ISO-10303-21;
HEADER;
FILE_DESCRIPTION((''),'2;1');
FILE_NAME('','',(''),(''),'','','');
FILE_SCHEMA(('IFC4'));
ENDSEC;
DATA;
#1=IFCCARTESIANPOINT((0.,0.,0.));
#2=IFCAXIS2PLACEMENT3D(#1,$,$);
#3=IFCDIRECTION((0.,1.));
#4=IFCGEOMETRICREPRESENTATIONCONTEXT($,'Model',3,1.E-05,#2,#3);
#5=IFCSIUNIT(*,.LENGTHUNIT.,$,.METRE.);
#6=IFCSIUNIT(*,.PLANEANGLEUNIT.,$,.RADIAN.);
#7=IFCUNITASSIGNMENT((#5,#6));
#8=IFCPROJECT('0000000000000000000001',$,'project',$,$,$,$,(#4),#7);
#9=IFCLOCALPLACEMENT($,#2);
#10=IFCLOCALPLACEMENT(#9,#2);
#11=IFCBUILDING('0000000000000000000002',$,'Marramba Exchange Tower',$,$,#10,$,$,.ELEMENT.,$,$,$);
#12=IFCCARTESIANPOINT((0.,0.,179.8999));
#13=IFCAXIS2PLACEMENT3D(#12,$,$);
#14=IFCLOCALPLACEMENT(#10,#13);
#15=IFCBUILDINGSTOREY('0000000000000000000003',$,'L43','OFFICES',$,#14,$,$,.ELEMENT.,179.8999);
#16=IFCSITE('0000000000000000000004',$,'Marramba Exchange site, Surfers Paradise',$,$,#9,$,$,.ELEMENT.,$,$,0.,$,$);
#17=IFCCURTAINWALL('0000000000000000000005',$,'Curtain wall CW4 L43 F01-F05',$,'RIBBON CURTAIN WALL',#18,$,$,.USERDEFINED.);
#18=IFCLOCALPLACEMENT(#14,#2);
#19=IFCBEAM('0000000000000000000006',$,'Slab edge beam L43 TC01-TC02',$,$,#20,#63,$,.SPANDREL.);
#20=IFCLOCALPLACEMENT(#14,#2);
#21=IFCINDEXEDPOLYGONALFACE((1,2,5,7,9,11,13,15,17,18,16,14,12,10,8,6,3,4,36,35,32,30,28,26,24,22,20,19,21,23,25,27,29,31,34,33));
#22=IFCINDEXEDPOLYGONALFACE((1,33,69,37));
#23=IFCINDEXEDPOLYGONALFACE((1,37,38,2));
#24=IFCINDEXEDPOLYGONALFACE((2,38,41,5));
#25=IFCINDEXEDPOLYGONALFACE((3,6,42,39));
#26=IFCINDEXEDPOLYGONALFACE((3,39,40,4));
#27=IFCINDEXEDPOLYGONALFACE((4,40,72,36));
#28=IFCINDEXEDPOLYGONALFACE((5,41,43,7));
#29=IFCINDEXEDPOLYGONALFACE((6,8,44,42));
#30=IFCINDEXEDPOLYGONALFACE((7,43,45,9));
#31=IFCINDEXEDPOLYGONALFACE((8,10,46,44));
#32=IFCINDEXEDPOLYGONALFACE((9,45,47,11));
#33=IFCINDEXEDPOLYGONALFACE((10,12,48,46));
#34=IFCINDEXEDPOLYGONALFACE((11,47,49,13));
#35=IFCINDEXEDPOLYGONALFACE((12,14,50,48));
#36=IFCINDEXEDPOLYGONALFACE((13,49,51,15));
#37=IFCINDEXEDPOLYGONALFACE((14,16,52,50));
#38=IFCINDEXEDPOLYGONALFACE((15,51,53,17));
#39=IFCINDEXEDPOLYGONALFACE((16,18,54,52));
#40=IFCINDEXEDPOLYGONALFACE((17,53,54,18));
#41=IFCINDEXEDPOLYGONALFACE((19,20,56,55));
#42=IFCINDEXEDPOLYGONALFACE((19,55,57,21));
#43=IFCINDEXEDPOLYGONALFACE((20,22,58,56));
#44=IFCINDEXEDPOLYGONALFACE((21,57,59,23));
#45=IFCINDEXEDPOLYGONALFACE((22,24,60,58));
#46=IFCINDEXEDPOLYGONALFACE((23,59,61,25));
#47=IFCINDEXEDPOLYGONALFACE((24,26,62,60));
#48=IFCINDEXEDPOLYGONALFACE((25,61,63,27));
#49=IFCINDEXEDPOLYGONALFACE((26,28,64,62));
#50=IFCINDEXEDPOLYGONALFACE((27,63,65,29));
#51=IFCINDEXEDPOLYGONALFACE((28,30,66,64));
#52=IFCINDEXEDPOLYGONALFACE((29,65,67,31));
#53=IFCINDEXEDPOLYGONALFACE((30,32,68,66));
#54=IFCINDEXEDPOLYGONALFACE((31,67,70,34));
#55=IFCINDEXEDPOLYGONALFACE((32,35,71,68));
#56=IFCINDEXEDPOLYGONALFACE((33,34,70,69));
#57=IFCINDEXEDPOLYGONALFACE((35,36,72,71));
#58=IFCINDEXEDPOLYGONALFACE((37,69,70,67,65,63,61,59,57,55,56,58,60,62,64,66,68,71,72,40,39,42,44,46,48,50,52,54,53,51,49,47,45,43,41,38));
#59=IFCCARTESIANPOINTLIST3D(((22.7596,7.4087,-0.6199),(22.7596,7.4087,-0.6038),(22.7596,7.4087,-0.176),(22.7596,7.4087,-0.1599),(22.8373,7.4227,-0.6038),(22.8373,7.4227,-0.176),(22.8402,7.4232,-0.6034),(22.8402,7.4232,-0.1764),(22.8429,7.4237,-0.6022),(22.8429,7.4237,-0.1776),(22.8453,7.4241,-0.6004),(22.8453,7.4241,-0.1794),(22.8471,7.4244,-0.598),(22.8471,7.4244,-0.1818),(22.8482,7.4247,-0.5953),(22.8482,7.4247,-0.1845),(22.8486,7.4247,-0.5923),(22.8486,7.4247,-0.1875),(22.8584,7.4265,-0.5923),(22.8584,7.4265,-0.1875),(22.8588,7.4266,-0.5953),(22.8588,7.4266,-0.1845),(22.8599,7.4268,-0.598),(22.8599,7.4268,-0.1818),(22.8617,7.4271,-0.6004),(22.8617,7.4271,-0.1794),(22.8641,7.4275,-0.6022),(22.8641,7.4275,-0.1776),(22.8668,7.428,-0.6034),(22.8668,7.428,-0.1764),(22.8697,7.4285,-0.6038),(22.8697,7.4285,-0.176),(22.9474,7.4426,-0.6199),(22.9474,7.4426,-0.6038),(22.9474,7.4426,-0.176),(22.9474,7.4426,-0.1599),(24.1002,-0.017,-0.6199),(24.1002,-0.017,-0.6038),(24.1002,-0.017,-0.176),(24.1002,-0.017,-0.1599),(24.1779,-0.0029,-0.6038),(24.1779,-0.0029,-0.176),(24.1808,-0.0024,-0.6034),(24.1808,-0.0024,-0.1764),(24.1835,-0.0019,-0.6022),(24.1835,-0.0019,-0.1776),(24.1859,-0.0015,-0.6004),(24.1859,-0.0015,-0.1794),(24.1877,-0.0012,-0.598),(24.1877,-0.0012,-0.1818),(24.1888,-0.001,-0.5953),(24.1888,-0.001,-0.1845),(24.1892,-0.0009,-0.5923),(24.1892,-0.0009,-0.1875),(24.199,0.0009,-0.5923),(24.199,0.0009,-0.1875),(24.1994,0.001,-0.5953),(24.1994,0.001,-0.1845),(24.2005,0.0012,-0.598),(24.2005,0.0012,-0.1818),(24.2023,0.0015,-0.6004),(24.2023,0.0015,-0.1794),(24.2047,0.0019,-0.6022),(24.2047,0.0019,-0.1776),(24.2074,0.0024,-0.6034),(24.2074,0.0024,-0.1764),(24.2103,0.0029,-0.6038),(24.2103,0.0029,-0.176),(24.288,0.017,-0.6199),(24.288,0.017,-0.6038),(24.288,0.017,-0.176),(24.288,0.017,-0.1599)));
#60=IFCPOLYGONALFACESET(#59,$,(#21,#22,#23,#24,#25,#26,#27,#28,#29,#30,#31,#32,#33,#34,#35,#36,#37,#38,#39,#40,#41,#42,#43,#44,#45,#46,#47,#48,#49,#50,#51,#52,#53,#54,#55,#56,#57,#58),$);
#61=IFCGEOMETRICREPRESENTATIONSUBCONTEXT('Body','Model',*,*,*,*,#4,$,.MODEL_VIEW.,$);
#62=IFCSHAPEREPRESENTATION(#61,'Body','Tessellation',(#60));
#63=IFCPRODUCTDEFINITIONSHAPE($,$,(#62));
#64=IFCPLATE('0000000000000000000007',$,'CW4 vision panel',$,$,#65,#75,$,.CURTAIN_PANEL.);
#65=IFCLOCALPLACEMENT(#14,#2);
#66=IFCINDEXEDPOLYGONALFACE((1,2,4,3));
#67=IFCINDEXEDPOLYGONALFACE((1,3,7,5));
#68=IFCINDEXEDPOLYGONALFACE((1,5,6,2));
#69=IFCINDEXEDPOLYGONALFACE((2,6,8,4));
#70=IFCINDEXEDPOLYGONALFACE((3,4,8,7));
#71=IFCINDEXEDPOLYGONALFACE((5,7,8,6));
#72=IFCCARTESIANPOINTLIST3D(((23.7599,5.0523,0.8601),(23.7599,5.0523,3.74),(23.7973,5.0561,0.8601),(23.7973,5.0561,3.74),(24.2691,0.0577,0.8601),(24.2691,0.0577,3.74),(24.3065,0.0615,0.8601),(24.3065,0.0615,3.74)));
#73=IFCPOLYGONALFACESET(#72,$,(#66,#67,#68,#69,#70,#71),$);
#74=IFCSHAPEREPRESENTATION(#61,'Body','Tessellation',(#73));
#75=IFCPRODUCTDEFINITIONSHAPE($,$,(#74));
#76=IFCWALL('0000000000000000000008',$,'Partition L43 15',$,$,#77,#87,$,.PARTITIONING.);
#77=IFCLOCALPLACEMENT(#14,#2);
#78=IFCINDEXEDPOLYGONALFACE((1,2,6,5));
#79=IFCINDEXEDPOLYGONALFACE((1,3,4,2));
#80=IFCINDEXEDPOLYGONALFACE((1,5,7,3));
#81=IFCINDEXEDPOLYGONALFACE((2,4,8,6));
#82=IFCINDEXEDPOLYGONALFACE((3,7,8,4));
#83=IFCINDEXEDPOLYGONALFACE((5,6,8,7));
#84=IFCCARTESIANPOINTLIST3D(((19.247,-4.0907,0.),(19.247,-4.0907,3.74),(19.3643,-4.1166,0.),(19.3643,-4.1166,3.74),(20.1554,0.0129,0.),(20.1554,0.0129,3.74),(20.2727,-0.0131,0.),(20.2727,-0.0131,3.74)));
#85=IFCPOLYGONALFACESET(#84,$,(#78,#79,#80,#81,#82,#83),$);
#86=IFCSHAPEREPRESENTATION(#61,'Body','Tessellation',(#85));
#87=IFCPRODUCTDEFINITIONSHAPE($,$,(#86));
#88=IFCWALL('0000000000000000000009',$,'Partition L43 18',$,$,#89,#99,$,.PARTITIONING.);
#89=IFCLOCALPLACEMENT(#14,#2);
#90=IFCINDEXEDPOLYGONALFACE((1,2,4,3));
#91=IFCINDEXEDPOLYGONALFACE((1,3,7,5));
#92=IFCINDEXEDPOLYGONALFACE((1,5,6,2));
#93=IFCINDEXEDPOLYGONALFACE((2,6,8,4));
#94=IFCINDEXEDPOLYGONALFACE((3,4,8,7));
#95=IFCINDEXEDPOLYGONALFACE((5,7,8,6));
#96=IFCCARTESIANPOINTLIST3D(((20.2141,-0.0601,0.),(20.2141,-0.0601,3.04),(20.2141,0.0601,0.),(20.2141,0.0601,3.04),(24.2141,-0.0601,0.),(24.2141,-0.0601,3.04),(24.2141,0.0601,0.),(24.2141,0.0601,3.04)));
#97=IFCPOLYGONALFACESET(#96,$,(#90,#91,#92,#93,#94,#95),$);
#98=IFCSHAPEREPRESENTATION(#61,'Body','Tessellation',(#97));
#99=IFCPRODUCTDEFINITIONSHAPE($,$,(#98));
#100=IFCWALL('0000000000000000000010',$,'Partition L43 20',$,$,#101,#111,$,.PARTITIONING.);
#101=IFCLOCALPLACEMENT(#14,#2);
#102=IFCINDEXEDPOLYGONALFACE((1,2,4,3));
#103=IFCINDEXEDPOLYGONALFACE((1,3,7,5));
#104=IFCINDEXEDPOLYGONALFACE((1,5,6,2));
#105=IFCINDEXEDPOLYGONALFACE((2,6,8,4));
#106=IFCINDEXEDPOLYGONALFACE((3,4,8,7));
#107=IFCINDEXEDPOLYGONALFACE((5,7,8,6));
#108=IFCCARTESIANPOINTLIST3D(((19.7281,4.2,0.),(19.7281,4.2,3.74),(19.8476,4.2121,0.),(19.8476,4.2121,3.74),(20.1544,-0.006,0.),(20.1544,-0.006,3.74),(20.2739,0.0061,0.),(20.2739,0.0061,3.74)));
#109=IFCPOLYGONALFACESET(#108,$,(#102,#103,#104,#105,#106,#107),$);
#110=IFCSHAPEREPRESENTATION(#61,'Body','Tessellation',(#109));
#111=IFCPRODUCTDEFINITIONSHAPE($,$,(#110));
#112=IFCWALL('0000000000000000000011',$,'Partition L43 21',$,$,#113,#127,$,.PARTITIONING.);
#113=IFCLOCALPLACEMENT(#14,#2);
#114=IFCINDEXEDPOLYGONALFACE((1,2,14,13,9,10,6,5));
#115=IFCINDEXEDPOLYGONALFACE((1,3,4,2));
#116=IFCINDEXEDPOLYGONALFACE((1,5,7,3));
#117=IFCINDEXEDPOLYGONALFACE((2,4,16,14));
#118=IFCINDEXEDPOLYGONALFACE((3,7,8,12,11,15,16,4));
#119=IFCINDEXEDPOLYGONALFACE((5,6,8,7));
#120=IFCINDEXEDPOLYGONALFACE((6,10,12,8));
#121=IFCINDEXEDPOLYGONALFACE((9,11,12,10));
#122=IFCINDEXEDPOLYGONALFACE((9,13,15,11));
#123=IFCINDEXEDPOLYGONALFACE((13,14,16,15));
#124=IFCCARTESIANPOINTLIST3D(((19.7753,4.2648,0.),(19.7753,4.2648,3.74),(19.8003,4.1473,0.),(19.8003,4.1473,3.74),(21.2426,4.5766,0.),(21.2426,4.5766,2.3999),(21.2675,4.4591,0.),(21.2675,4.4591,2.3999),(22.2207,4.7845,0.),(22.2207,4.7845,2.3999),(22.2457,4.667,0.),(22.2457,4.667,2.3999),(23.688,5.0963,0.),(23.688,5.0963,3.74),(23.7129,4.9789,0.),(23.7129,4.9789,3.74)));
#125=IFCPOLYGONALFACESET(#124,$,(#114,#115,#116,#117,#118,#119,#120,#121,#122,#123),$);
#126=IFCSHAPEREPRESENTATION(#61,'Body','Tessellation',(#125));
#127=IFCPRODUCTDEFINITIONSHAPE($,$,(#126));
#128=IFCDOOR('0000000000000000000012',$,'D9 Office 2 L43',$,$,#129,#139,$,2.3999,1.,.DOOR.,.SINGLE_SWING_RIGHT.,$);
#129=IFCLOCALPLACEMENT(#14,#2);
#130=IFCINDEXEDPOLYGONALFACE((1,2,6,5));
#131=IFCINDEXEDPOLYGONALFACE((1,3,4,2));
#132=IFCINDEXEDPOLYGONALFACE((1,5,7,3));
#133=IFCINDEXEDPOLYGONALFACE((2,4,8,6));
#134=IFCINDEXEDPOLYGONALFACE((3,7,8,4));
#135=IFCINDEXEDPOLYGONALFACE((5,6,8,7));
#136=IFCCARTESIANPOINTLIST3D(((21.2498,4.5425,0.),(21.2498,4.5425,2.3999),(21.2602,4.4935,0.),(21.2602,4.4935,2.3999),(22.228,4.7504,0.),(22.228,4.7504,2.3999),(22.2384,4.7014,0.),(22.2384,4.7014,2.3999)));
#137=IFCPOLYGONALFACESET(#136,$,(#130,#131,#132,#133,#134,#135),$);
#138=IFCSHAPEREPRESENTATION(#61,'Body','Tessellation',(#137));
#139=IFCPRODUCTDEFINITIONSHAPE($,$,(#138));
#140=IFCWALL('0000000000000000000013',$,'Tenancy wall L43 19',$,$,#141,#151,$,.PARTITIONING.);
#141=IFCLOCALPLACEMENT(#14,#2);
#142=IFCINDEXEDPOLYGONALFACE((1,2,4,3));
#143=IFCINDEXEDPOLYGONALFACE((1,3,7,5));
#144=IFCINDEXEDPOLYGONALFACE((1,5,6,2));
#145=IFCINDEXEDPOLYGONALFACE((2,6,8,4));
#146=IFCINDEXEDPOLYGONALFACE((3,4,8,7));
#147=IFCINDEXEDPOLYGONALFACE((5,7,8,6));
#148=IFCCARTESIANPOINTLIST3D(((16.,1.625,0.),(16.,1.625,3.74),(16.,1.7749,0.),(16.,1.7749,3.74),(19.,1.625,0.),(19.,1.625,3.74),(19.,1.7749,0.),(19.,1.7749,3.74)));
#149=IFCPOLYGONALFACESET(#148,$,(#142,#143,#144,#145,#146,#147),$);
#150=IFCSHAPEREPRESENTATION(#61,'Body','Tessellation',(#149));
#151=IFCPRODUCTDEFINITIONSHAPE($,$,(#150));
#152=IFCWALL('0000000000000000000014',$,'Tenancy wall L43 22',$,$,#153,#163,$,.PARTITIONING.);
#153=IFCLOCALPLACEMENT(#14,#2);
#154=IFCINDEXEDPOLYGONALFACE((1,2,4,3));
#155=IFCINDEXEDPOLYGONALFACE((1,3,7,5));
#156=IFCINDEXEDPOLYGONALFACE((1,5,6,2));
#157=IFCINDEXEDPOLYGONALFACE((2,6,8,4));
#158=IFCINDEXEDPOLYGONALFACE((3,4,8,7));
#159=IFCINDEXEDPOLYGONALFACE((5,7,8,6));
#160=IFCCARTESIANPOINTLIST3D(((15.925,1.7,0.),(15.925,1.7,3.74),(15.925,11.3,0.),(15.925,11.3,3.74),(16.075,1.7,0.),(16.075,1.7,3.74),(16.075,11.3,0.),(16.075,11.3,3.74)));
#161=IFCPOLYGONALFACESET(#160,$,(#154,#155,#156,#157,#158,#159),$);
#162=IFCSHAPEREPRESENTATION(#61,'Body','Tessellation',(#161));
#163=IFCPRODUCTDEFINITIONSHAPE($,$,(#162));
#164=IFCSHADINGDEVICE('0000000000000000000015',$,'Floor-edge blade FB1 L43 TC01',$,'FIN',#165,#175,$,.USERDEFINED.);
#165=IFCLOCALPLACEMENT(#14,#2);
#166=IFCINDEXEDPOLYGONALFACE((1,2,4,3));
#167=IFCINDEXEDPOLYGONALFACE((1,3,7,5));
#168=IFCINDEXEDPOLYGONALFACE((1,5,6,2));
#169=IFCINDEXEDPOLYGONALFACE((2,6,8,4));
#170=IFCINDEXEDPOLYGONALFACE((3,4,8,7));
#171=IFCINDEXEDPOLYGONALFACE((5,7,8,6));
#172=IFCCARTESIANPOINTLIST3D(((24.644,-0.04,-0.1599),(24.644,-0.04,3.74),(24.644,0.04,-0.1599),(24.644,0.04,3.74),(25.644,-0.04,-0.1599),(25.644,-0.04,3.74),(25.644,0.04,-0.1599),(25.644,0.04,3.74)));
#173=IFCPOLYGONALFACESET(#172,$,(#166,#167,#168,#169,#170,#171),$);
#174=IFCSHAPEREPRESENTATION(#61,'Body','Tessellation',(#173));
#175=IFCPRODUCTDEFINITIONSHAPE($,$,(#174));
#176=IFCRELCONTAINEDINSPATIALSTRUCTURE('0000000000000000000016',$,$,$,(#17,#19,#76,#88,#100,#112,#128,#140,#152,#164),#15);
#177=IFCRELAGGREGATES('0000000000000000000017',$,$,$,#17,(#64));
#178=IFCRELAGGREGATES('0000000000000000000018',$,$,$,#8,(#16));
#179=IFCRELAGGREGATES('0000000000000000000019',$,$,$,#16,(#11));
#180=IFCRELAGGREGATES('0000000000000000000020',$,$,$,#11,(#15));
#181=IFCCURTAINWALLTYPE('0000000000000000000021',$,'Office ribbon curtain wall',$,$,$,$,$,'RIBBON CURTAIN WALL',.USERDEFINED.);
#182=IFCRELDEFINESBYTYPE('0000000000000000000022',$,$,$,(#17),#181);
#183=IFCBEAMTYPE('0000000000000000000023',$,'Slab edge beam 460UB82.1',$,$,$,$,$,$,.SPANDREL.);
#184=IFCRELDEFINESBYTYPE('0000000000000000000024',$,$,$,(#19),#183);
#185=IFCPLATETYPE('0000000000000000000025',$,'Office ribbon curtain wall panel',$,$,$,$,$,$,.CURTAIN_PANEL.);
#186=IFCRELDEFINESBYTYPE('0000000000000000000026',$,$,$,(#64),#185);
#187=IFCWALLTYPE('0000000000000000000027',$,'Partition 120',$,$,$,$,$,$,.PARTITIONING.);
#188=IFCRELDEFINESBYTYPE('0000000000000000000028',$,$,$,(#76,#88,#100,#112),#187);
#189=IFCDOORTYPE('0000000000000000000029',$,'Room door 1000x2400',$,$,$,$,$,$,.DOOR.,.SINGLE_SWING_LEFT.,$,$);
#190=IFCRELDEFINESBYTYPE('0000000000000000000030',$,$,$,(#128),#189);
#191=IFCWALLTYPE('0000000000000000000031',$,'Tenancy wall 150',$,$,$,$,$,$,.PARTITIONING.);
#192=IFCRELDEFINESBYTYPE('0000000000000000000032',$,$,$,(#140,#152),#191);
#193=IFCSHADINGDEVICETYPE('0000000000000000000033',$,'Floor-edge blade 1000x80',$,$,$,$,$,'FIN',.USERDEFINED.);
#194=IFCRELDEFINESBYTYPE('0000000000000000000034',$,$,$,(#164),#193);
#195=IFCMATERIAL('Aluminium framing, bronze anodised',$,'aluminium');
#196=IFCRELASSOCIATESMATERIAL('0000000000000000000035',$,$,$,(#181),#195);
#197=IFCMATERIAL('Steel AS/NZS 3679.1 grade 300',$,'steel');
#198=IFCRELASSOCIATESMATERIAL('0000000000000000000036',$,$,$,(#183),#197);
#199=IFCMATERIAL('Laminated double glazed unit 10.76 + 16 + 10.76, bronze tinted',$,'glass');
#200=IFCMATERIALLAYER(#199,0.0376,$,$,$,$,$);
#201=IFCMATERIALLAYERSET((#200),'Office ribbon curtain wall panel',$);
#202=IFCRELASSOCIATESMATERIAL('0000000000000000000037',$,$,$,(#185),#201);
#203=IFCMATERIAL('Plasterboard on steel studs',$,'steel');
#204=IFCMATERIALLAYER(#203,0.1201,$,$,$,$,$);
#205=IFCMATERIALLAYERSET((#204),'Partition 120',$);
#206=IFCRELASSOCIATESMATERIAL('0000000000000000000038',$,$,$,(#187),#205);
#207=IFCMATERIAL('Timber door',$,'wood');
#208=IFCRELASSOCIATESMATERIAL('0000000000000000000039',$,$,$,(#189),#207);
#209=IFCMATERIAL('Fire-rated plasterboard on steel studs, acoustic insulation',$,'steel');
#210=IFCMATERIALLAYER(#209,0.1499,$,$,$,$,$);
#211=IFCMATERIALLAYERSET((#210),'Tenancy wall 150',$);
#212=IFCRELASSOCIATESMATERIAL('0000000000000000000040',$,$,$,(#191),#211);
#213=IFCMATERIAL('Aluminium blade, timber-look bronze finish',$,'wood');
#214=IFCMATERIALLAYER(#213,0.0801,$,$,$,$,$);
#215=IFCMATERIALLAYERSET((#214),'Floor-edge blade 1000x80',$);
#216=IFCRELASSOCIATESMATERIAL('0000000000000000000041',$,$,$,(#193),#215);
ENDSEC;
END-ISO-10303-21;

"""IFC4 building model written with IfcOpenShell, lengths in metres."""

from ifc_helpers import new_model, si_unit, direction, frame, frame_2d, origin, origin_2d, place, context, subcontext, project, spatial, rectangle, i_section, extrude, material, layer, layer_set, material_profile, profile_set, type_object, element, fill, aggregate, save


model = new_model("IFC4")

# Units and contexts
model_context = context("Model", 3, precision=1e-05, world=origin(), true_north=direction((0.0, 1.0)))
body_context = subcontext(model_context, "Body", "Model", "MODEL_VIEW")
ifc_project = project(units=[si_unit("LENGTHUNIT", "METRE"), si_unit("PLANEANGLEUNIT", "RADIAN")], contexts=[model_context])

# Site, building, storey
site_placement = place(None, origin())
site = spatial("IfcSite", under=ifc_project, at=site_placement, Name="Marramba Exchange site, Surfers Paradise", CompositionType="ELEMENT", RefElevation=0.0)
building_placement = place(site_placement, origin())
building = spatial("IfcBuilding", under=site, at=building_placement, Name="Marramba Exchange Tower", CompositionType="ELEMENT")
storey_placement = place(building_placement, frame((0.0, 0.0, 179.8999)))
storey = spatial("IfcBuildingStorey", under=building, at=storey_placement, Name="L43", Description="OFFICES", CompositionType="ELEMENT", Elevation=179.8999)

# Shared definitions
ifc_material_1 = material(Name="Steel AS/NZS 3679.1 grade 300", Category="steel")

# Curtain wall
ifc_material_2 = material(Name="Aluminium framing, bronze anodised", Category="aluminium")
curtain_wall_type = type_object("IfcCurtainWallType", Name="Office ribbon curtain wall", ElementType="RIBBON CURTAIN WALL", PredefinedType="USERDEFINED", material=ifc_material_2)
curtain_wall_placement = place(storey_placement, origin())
curtain_wall = element("IfcCurtainWall", 1, at=curtain_wall_placement, inside=storey, type_object=curtain_wall_type, Name="Curtain wall CW4 L43 F01-F05", ObjectType="RIBBON CURTAIN WALL", PredefinedType="USERDEFINED")

# Beam
ifc_material_profile_1 = material_profile(ifc_material_1, i_section(OverallWidth=0.1909, OverallDepth=0.46, WebThickness=0.01, FlangeThickness=0.0161, FilletRadius=0.0115, at=origin_2d()), Name="460UB82.1")
ifc_profile_set_1 = profile_set([ifc_material_profile_1], Name="Steel AS/NZS 3679.1 grade 300")
beam_type_1 = type_object("IfcBeamType", Name="Slab edge beam 460UB82.1", PredefinedType="SPANDREL", material=ifc_profile_set_1)
beam_1_placement = place(storey_placement, frame((24.1941, 0.0, -0.3899), z_axis=(-0.177664, 0.984091, 0.0), x_axis=(-0.984091, -0.177664, 0.0)))
element("IfcBeam", 2, at=beam_1_placement, inside=storey, type_object=beam_type_1, Name="Slab edge beam L43 TC01-TC02", PredefinedType="SPANDREL", context=body_context, shape_type="SweptSolid", body=[
    extrude(i_section(OverallWidth=0.1909, OverallDepth=0.46, WebThickness=0.01, FlangeThickness=0.0161, FilletRadius=0.0115, at=origin_2d()), origin(), (0.0, 0.0, 1.0), 7.5457),
])

# Plate
ifc_material_3 = material(Name="Laminated double glazed unit 10.76 + 16 + 10.76, bronze tinted", Category="glass")
ifc_layer_1 = layer(ifc_material_3, 0.0376)
ifc_layer_set_1 = layer_set([ifc_layer_1], Name="Office ribbon curtain wall panel")
plate_type = type_object("IfcPlateType", Name="Office ribbon curtain wall panel", PredefinedType="CURTAIN_PANEL", material=ifc_layer_set_1)
plate_placement = place(storey_placement, frame((24.0332, 2.5569, 0.8601), z_axis=(0.0, 0.0, 1.0), x_axis=(-0.101422, 0.994843, 0.0)))
plate = element("IfcPlate", 3, at=plate_placement, type_object=plate_type, Name="CW4 vision panel", PredefinedType="CURTAIN_PANEL", context=body_context, shape_type="SweptSolid", body=[
    extrude(rectangle(XDim=5.0205, YDim=0.0376, at=origin_2d()), origin(), (0.0, 0.0, 1.0), 2.8799),
])
aggregate(curtain_wall, [plate])

# Walls
ifc_material_4 = material(Name="Plasterboard on steel studs", Category="steel")
ifc_layer_2 = layer(ifc_material_4, 0.1201)
ifc_layer_set_2 = layer_set([ifc_layer_2], Name="Partition 120")
wall_type_1 = type_object("IfcWallType", Name="Partition 120", PredefinedType="PARTITIONING", material=ifc_layer_set_2)
wall_1_placement = place(storey_placement, frame((20.2141, 0.0, 0.0), z_axis=(0.0, 0.0, 1.0), x_axis=(-0.216149, -0.97636, 0.0)))
element("IfcWall", 4, at=wall_1_placement, inside=storey, type_object=wall_type_1, Name="Partition L43 15", PredefinedType="PARTITIONING", context=body_context, shape_type="SweptSolid", body=[
    extrude(rectangle(XDim=4.2029, YDim=0.1201, at=frame_2d((2.1016, 0.0))), origin(), (0.0, 0.0, 1.0), 3.74),
])
wall_2_placement = place(storey_placement, frame((20.2141, 0.0, 0.0), z_axis=(0.0, 0.0, 1.0), x_axis=(1.0, 0.0, 0.0)))
element("IfcWall", 5, at=wall_2_placement, inside=storey, type_object=wall_type_1, Name="Partition L43 18", PredefinedType="PARTITIONING", context=body_context, shape_type="SweptSolid", body=[
    extrude(rectangle(XDim=4.0, YDim=0.1201, at=frame_2d((2.0, 0.0))), origin(), (0.0, 0.0, 1.0), 3.04),
])
wall_3_placement = place(storey_placement, frame((19.7878, 4.2061, 0.0), z_axis=(0.0, 0.0, 1.0), x_axis=(0.10083, -0.994904, 0.0)))
element("IfcWall", 6, at=wall_3_placement, inside=storey, type_object=wall_type_1, Name="Partition L43 20", PredefinedType="PARTITIONING", context=body_context, shape_type="SweptSolid", body=[
    extrude(rectangle(XDim=4.2275, YDim=0.1201, at=frame_2d((2.1138, 0.0))), origin(), (0.0, 0.0, 1.0), 3.74),
])

# Wall, opening, door
wall_4_placement = place(storey_placement, frame((23.7004, 5.0376, 0.0), z_axis=(0.0, 0.0, 1.0), x_axis=(-0.978153, -0.207886, 0.0)))
wall_4 = element("IfcWall", 7, at=wall_4_placement, inside=storey, type_object=wall_type_1, Name="Partition L43 21", PredefinedType="PARTITIONING", context=body_context, shape_type="SweptSolid", body=[
    extrude(rectangle(XDim=4.0, YDim=0.1201, at=frame_2d((2.0, 0.0))), origin(), (0.0, 0.0, 1.0), 3.74),
])
opening_placement = place(wall_4_placement, frame((1.5, 0.0, 0.0)))
opening = element("IfcOpeningElement", 8, at=opening_placement, cuts=wall_4, PredefinedType="OPENING", context=body_context, shape_type="SweptSolid", body=[
    extrude(rectangle(XDim=1.0, YDim=2.3999, at=frame_2d((0.5, 1.2))), frame((0.0, 0.0701, 0.0), z_axis=(0.0, -1.0, 0.0), x_axis=(1.0, 0.0, 0.0)), (0.0, 0.0, 1.0), 0.1401),
])
ifc_material_5 = material(Name="Timber door", Category="wood")
door_type = type_object("IfcDoorType", Name="Room door 1000x2400", OperationType="SINGLE_SWING_LEFT", PredefinedType="DOOR", material=ifc_material_5)
door_placement = place(opening_placement, origin())
door = element("IfcDoor", 9, at=door_placement, inside=storey, type_object=door_type, Name="D9 Office 2 L43", OperationType="SINGLE_SWING_RIGHT", OverallHeight=2.3999, OverallWidth=1.0, PredefinedType="DOOR", context=body_context, shape_type="SweptSolid", body=[
    extrude(rectangle(XDim=1.0, YDim=2.3999, at=frame_2d((0.5, 1.2))), frame((0.0, 0.0249, 0.0), z_axis=(0.0, -1.0, 0.0), x_axis=(1.0, 0.0, 0.0)), (0.0, 0.0, 1.0), 0.05),
])
fill(opening, door)

# Walls
ifc_material_6 = material(Name="Fire-rated plasterboard on steel studs, acoustic insulation", Category="steel")
ifc_layer_3 = layer(ifc_material_6, 0.1499)
ifc_layer_set_3 = layer_set([ifc_layer_3], Name="Tenancy wall 150")
wall_type_2 = type_object("IfcWallType", Name="Tenancy wall 150", PredefinedType="PARTITIONING", material=ifc_layer_set_3)
wall_5_placement = place(storey_placement, frame((19.0, 1.7, 0.0), z_axis=(0.0, 0.0, 1.0), x_axis=(-1.0, 0.0, 0.0)))
element("IfcWall", 10, at=wall_5_placement, inside=storey, type_object=wall_type_2, Name="Tenancy wall L43 19", PredefinedType="PARTITIONING", context=body_context, shape_type="SweptSolid", body=[
    extrude(rectangle(XDim=3.0, YDim=0.1499, at=frame_2d((1.5, 0.0))), origin(), (0.0, 0.0, 1.0), 3.74),
])
wall_6_placement = place(storey_placement, frame((16.0, 1.7, 0.0), z_axis=(0.0, 0.0, 1.0), x_axis=(0.0, 1.0, 0.0)))
element("IfcWall", 11, at=wall_6_placement, inside=storey, type_object=wall_type_2, Name="Tenancy wall L43 22", PredefinedType="PARTITIONING", context=body_context, shape_type="SweptSolid", body=[
    extrude(rectangle(XDim=9.6001, YDim=0.1499, at=frame_2d((4.8, 0.0))), origin(), (0.0, 0.0, 1.0), 3.74),
])

# Shading device
ifc_material_7 = material(Name="Aluminium blade, timber-look bronze finish", Category="wood")
ifc_layer_4 = layer(ifc_material_7, 0.0801)
ifc_layer_set_4 = layer_set([ifc_layer_4], Name="Floor-edge blade 1000x80")
shading_device_type_1 = type_object("IfcShadingDeviceType", Name="Floor-edge blade 1000x80", ElementType="FIN", PredefinedType="USERDEFINED", material=ifc_layer_set_4)
shading_device_1_placement = place(storey_placement, frame((25.144, 0.0, -0.1599), z_axis=(0.0, 0.0, 1.0), x_axis=(1.0, 0.0, 0.0)))
element("IfcShadingDevice", 12, at=shading_device_1_placement, inside=storey, type_object=shading_device_type_1, Name="Floor-edge blade FB1 L43 TC01", ObjectType="FIN", PredefinedType="USERDEFINED", context=body_context, shape_type="SweptSolid", body=[
    extrude(rectangle(XDim=1.0, YDim=0.0801, at=origin_2d()), origin(), (0.0, 0.0, 1.0), 3.8999),
])

save(model, "model.ifc")
